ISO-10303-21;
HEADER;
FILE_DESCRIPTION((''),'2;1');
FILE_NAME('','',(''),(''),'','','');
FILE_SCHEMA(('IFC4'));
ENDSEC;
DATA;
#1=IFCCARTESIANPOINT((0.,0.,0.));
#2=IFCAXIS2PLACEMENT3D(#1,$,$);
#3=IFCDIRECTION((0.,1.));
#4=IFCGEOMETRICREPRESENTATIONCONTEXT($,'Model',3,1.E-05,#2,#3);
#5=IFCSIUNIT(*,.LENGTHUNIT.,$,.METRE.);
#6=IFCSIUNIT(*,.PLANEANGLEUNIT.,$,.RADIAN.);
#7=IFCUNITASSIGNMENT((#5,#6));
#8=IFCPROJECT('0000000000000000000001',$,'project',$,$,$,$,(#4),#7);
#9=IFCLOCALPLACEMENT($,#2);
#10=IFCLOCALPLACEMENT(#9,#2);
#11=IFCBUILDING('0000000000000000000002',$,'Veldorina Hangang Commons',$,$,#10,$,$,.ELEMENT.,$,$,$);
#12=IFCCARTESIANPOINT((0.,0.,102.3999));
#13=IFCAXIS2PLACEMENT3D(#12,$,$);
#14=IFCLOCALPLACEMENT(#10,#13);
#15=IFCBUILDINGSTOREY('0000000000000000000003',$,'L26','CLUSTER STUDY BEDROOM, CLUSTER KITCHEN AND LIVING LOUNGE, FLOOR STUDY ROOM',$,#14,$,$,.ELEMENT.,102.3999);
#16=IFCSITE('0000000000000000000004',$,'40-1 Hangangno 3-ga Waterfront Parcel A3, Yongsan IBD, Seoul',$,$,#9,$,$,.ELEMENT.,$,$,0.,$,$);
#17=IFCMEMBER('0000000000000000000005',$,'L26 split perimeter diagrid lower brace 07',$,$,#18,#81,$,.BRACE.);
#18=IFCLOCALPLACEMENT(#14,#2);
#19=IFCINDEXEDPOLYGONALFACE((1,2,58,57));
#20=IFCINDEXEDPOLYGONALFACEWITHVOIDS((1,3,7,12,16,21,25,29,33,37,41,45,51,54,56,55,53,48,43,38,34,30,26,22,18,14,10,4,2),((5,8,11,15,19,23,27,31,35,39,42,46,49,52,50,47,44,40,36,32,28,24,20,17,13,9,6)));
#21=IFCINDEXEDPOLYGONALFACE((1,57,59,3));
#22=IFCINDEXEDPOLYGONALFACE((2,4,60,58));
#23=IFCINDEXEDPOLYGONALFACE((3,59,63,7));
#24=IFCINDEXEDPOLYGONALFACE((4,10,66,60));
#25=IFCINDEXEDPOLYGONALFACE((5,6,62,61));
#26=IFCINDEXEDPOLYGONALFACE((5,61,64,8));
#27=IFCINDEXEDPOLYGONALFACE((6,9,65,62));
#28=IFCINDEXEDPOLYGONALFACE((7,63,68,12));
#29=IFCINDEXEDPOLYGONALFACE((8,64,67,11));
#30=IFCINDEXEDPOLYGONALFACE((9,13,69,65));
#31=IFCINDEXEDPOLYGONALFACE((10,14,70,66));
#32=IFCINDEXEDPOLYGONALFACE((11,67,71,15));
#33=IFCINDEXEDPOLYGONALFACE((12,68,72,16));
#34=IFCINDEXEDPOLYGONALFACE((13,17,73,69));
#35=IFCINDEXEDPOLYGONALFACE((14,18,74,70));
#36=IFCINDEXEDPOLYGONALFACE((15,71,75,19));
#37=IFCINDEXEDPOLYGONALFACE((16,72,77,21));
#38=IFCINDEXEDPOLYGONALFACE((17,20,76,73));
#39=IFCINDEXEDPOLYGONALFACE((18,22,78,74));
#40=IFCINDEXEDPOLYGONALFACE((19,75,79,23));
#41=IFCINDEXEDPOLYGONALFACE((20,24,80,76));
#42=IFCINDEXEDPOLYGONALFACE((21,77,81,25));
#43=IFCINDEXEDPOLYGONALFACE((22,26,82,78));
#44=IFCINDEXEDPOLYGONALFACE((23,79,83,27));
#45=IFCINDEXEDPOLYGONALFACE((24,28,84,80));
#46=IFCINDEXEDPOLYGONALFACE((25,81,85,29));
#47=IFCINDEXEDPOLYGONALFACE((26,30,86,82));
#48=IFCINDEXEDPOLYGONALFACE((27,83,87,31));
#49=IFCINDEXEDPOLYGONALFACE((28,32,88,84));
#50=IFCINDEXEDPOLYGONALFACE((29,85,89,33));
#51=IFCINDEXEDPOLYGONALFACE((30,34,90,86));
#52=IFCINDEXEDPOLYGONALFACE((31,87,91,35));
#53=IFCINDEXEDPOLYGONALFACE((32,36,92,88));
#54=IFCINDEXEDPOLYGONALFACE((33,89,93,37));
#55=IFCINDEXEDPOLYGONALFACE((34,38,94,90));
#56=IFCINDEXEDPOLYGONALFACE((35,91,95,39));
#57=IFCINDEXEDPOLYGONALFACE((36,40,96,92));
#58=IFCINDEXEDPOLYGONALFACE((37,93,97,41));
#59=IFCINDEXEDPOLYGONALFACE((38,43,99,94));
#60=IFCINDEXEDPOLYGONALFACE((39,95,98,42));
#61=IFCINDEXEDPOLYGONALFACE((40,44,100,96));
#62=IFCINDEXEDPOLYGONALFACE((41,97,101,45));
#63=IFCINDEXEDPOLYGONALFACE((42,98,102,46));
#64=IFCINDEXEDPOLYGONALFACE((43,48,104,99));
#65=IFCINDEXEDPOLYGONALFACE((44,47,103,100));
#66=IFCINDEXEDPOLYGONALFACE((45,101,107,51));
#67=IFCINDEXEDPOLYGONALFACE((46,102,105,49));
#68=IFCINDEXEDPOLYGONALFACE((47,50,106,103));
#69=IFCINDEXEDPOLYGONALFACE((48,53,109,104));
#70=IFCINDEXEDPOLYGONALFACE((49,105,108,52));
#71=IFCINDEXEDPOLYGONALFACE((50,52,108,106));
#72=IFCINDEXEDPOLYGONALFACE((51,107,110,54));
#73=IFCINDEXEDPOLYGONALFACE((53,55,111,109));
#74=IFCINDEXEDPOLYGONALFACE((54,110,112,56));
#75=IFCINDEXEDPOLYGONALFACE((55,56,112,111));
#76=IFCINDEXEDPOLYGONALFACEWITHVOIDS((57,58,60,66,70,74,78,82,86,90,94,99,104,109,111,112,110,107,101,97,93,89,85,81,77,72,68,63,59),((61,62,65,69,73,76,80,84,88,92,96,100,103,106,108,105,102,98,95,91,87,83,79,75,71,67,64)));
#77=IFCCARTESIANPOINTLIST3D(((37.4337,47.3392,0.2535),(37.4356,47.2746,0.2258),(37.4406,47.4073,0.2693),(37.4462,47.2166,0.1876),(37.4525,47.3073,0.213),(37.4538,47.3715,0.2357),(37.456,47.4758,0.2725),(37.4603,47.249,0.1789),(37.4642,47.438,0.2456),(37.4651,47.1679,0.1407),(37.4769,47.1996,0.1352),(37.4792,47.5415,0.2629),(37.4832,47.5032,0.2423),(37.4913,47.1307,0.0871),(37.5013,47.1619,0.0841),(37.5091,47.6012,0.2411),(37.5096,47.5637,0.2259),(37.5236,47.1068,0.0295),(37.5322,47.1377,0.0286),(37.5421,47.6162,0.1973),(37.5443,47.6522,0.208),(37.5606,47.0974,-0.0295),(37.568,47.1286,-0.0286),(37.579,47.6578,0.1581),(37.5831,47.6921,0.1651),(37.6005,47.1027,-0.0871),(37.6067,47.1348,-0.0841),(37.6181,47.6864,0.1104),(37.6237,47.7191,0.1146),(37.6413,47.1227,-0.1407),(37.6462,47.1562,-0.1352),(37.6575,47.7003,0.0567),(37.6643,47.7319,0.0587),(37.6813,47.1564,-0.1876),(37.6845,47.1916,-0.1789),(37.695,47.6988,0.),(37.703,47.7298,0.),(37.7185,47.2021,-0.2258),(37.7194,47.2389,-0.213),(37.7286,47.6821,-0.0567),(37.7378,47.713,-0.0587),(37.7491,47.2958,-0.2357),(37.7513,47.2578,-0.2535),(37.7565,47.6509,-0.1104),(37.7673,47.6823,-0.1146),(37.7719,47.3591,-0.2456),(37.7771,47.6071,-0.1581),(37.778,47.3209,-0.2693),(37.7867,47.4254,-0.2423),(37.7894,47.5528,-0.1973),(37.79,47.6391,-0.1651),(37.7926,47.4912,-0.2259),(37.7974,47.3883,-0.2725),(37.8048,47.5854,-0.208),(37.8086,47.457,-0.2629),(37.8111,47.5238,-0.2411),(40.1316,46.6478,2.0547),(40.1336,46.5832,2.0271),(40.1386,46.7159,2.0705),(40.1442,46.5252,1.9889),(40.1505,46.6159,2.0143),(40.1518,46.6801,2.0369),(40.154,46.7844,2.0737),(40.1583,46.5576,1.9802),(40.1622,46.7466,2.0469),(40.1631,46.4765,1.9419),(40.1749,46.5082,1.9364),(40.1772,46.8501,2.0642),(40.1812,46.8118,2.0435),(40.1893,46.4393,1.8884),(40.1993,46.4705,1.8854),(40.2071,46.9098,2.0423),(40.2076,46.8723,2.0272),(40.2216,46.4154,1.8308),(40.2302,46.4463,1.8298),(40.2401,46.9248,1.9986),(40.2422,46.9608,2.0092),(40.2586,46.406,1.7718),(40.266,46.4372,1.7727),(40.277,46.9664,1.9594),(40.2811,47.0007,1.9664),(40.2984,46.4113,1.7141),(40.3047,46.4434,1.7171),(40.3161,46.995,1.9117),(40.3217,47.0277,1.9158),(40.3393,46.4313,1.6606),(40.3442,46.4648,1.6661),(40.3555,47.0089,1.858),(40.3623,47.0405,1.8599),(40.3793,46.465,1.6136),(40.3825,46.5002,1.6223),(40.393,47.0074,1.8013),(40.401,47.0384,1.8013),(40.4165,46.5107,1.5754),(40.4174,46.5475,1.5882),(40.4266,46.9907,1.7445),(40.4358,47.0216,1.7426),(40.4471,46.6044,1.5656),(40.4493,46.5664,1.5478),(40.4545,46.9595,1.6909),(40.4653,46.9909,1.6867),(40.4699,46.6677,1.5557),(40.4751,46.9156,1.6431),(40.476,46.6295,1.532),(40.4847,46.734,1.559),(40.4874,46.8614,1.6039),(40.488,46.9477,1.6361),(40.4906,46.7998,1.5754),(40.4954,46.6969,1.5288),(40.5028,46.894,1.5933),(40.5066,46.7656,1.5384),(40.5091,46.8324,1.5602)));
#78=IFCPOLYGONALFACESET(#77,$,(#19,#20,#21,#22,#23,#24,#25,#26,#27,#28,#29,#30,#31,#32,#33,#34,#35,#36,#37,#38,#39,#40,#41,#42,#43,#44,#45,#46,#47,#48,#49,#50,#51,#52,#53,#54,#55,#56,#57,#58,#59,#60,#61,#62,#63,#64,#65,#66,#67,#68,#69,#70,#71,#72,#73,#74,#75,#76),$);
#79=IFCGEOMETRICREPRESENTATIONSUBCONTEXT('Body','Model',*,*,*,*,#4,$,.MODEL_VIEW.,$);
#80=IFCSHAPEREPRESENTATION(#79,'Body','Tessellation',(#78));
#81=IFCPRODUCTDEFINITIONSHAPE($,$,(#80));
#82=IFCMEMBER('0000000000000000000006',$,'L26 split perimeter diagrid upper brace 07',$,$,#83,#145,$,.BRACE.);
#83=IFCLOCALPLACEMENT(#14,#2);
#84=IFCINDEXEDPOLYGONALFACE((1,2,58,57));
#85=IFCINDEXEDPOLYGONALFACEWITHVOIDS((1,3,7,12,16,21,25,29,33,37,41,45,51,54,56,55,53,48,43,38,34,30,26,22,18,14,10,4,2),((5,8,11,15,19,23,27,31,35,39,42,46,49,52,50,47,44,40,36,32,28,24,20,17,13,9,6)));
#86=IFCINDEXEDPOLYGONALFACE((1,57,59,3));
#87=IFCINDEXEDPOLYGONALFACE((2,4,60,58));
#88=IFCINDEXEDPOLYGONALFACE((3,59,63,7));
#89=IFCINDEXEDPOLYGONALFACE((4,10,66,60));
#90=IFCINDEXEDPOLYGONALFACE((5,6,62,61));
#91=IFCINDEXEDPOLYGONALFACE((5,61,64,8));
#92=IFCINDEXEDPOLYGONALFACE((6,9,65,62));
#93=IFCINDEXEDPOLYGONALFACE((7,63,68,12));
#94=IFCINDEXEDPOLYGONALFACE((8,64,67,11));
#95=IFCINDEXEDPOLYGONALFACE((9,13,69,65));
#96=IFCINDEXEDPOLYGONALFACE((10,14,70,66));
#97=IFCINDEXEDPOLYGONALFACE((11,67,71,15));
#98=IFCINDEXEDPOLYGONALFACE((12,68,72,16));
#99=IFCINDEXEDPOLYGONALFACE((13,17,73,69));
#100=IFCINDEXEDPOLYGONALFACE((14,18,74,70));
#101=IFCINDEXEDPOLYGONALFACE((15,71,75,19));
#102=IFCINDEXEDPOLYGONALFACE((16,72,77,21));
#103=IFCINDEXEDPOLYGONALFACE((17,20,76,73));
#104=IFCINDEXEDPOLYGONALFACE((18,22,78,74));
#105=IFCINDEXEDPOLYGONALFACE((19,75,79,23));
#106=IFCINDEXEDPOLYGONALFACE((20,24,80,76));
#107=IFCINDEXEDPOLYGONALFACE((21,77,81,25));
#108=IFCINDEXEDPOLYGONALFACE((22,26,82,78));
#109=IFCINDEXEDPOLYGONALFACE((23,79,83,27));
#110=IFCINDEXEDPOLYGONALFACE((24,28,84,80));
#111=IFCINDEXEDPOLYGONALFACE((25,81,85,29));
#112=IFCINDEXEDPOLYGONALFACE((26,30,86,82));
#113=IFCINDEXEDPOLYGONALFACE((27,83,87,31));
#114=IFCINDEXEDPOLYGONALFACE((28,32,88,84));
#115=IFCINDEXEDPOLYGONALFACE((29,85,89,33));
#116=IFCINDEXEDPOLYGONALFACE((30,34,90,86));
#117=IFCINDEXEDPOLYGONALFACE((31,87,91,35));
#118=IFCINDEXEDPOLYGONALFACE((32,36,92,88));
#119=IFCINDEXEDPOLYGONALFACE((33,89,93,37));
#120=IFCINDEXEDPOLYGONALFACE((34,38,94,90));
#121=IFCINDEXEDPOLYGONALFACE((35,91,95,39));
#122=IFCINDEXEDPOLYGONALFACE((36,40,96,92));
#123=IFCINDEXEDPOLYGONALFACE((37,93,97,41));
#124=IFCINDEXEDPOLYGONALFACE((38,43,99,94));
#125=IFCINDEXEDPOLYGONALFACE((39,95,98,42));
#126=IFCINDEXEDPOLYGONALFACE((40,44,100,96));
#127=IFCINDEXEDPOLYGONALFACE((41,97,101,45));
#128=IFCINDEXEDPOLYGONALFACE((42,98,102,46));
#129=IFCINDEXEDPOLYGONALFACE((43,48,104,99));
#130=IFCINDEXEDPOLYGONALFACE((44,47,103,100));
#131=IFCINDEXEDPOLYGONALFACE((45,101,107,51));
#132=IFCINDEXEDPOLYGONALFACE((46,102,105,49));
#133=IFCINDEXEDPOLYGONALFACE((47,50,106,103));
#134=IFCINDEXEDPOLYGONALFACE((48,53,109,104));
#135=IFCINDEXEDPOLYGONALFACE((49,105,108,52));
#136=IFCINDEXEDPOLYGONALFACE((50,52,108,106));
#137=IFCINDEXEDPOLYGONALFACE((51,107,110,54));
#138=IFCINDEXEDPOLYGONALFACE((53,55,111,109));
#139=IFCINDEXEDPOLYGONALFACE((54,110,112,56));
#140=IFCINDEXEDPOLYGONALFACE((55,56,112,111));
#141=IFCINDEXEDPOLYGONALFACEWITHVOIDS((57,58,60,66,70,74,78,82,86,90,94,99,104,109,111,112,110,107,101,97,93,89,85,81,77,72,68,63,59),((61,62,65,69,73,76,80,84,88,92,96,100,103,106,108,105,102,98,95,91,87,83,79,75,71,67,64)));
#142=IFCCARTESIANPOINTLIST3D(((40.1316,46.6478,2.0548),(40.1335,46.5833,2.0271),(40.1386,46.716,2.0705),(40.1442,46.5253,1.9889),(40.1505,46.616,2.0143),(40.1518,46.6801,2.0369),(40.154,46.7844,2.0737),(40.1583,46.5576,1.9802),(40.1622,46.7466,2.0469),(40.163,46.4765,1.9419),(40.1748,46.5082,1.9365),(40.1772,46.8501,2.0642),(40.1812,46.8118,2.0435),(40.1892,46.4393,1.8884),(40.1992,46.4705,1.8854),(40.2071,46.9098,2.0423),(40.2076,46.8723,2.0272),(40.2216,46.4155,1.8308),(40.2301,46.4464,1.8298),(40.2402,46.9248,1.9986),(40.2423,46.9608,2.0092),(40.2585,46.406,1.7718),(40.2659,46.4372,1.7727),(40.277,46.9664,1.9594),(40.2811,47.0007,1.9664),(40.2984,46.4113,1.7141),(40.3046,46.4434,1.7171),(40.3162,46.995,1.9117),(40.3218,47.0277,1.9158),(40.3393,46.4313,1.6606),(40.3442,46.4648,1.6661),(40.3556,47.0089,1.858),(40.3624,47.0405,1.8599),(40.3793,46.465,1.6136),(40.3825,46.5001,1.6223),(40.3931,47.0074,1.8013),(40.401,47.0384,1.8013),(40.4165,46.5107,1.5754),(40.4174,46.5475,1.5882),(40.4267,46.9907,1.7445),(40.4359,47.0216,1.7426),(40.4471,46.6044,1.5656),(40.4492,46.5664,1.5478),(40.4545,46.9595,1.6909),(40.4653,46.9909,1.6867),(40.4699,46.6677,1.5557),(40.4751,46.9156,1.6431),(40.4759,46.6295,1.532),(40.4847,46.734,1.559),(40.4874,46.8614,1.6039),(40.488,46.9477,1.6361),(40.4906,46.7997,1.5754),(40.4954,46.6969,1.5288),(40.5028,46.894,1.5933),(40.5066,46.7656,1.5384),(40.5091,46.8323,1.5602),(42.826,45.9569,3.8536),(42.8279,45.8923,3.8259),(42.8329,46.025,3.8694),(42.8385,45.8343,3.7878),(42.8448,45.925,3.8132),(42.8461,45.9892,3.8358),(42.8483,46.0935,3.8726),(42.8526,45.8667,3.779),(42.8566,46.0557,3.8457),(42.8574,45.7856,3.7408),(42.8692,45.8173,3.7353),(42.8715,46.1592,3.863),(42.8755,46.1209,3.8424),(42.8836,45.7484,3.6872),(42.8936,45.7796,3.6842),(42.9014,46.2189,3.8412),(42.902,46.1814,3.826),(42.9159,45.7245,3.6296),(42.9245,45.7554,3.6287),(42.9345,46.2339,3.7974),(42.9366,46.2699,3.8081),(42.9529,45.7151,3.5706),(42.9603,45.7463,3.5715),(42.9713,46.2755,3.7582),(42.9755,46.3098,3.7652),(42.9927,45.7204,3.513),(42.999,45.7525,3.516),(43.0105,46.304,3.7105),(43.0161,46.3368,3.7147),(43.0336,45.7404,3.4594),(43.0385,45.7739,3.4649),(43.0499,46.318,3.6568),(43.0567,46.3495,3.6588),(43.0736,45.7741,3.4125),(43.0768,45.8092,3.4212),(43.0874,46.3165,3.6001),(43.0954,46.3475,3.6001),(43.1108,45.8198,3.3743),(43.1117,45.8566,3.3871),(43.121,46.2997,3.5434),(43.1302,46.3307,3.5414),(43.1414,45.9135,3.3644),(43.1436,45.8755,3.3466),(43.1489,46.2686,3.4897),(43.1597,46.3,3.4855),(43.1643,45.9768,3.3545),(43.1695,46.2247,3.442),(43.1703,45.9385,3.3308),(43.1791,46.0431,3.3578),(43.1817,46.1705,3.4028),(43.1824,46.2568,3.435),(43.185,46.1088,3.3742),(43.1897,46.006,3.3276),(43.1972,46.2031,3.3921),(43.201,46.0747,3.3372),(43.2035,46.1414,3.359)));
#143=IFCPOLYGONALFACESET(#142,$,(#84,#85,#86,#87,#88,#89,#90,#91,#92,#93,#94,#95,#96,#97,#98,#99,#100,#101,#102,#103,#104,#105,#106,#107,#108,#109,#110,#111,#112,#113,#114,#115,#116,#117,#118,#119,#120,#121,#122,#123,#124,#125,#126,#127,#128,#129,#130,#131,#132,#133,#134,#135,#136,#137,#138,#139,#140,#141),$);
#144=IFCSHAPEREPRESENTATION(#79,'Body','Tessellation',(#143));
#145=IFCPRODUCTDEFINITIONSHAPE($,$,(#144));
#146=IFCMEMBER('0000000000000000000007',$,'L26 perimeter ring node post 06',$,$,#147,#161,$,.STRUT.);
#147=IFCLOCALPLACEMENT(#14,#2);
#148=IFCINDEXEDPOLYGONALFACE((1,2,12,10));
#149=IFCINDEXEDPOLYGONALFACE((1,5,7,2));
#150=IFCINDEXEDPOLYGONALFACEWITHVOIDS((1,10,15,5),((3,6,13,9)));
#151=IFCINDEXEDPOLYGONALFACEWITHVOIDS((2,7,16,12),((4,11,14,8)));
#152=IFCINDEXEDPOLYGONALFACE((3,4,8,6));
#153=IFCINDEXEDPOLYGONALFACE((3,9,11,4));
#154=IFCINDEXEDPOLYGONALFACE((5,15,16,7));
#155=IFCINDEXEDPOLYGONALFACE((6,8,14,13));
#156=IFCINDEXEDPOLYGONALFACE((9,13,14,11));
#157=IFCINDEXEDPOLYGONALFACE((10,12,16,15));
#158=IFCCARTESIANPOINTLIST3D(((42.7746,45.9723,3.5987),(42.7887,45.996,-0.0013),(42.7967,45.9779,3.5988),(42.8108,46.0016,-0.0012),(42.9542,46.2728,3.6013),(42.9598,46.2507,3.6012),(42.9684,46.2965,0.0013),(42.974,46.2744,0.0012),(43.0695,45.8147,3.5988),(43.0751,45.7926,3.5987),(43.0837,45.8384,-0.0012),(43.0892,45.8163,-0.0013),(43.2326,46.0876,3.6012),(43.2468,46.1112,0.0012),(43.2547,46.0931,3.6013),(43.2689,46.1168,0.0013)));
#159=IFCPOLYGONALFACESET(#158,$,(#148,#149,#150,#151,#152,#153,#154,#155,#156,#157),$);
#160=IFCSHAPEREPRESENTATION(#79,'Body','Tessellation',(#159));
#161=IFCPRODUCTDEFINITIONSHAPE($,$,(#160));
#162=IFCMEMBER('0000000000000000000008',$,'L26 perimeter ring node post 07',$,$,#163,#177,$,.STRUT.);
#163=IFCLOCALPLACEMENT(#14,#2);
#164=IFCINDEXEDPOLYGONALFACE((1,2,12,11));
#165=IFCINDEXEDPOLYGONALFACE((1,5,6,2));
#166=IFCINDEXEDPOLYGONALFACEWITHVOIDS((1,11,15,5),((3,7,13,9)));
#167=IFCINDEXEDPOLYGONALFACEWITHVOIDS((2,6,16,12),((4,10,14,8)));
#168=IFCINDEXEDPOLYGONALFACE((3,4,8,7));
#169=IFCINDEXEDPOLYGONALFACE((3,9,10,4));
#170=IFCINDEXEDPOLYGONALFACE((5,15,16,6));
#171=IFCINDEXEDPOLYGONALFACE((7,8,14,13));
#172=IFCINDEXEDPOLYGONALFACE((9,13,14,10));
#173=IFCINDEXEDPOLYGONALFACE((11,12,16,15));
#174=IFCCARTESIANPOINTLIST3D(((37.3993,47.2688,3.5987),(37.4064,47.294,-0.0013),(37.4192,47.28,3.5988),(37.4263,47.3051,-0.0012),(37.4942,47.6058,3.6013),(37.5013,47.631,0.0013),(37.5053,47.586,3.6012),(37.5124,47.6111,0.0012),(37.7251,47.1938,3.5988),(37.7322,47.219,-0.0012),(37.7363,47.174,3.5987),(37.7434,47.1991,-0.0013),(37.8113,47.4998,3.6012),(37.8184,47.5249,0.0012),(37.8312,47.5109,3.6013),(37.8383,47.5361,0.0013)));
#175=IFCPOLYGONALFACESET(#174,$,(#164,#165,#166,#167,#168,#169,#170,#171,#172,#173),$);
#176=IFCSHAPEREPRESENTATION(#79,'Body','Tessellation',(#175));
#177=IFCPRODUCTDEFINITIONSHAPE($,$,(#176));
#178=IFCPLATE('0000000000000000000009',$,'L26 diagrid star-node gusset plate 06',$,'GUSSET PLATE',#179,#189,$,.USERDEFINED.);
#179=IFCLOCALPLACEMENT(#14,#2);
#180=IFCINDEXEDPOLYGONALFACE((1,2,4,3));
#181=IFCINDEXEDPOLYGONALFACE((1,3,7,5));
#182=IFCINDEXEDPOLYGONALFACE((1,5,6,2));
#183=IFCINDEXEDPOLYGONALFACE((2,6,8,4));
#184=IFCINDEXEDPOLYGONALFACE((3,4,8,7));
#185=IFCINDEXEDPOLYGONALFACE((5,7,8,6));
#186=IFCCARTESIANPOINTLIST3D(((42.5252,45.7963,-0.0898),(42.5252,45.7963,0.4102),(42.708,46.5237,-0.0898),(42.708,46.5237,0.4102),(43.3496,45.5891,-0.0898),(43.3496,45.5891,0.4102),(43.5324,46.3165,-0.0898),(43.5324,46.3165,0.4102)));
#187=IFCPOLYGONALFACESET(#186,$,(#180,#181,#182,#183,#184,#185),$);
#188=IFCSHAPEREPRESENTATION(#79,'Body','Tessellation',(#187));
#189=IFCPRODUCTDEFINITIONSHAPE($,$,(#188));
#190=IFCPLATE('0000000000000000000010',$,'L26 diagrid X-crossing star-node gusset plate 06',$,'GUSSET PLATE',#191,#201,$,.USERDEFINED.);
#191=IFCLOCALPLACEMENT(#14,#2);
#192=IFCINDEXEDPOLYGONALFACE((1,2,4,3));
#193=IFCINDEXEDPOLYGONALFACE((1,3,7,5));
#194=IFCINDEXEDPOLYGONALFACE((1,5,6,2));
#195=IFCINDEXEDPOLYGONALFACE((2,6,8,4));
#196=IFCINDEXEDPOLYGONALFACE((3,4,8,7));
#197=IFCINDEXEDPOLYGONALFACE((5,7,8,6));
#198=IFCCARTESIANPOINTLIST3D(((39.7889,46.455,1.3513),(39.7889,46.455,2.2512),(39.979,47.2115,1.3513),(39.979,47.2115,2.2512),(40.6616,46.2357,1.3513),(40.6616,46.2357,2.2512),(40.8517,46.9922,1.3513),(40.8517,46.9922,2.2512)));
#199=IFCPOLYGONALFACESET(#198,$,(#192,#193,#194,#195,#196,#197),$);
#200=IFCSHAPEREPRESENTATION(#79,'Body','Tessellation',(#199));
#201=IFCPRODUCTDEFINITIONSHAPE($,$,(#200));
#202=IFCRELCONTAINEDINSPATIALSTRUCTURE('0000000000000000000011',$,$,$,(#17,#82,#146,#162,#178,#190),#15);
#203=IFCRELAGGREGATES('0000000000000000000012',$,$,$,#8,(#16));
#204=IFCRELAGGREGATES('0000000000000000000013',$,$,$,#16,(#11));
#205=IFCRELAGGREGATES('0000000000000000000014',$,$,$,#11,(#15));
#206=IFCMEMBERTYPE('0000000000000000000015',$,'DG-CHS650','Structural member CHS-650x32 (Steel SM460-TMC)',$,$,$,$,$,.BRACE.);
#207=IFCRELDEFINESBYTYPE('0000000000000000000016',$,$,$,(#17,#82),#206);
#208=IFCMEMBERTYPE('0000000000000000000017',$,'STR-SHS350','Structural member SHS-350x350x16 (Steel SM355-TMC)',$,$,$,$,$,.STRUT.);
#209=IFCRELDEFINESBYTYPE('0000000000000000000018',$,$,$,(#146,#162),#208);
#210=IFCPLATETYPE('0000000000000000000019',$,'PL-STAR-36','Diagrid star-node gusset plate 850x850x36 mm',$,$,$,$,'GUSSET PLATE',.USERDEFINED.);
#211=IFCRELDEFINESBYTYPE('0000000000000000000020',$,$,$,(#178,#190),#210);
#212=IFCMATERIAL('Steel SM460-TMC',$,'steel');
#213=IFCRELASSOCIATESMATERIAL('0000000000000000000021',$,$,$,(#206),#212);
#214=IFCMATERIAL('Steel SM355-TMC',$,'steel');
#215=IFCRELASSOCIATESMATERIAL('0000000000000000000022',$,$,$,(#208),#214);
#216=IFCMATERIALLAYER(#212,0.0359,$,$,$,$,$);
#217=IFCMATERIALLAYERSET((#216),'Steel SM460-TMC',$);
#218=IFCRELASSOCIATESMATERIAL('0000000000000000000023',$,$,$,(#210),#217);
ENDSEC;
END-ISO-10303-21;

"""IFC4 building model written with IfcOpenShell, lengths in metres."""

from ifc_helpers import new_model, si_unit, direction, frame, origin, origin_2d, place, context, subcontext, project, spatial, rectangle, hollow_rectangle, hollow_circle, extrude, material, layer, layer_set, material_profile, profile_set, type_object, element, save


model = new_model("IFC4")

# Units and contexts
model_context = context("Model", 3, precision=1e-05, world=origin(), true_north=direction((0.0, 1.0)))
body_context = subcontext(model_context, "Body", "Model", "MODEL_VIEW")
ifc_project = project(units=[si_unit("LENGTHUNIT", "METRE"), si_unit("PLANEANGLEUNIT", "RADIAN")], contexts=[model_context])

# Site, building, storey
site_placement = place(None, origin())
site = spatial("IfcSite", under=ifc_project, at=site_placement, Name="40-1 Hangangno 3-ga Waterfront Parcel A3, Yongsan IBD, Seoul", CompositionType="ELEMENT", RefElevation=0.0)
building_placement = place(site_placement, origin())
building = spatial("IfcBuilding", under=site, at=building_placement, Name="Veldorina Hangang Commons", CompositionType="ELEMENT")
storey_placement = place(building_placement, frame((0.0, 0.0, 102.3999)))
storey = spatial("IfcBuildingStorey", under=building, at=storey_placement, Name="L26", Description="CLUSTER STUDY BEDROOM, CLUSTER KITCHEN AND LIVING LOUNGE, FLOOR STUDY ROOM", CompositionType="ELEMENT", Elevation=102.3999)

# Members
ifc_material_1 = material(Name="Steel SM460-TMC", Category="steel")
ifc_material_profile_1 = material_profile(ifc_material_1, hollow_circle(Radius=0.325, WallThickness=0.032, at=origin_2d()), Name="CHS-650x32")
ifc_profile_set_1 = profile_set([ifc_material_profile_1], Name="Steel SM460-TMC")
member_type_1 = type_object("IfcMemberType", Name="DG-CHS650", Description="Structural member CHS-650x32 (Steel SM460-TMC)", PredefinedType="BRACE", material=ifc_profile_set_1)
member_1_placement = place(storey_placement, frame((37.6223, 47.415, 0.0), z_axis=(0.81341, -0.20845, 0.543059), x_axis=(0.248245, 0.968697, 0.0)))
element("IfcMember", 1, at=member_1_placement, inside=storey, type_object=member_type_1, Name="L26 split perimeter diagrid lower brace 07", PredefinedType="BRACE", context=body_context, shape_type="SweptSolid", body=[
    extrude(hollow_circle(Radius=0.325, WallThickness=0.032, at=origin_2d()), origin(), (0.0, 0.0, 1.0), 3.3169),
])
member_2_placement = place(storey_placement, frame((40.3203, 46.7236, 1.8013), z_axis=(0.813387, -0.20858, 0.543044), x_axis=(0.248396, 0.968658, 0.0)))
element("IfcMember", 2, at=member_2_placement, inside=storey, type_object=member_type_1, Name="L26 split perimeter diagrid upper brace 07", PredefinedType="BRACE", context=body_context, shape_type="SweptSolid", body=[
    extrude(hollow_circle(Radius=0.325, WallThickness=0.032, at=origin_2d()), origin(), (0.0, 0.0, 1.0), 3.3125),
])
ifc_material_2 = material(Name="Steel SM355-TMC", Category="steel")
ifc_material_profile_2 = material_profile(ifc_material_2, hollow_rectangle(XDim=0.3501, YDim=0.3501, WallThickness=0.0161, at=origin_2d()), Name="SHS-350x350x16")
ifc_profile_set_2 = profile_set([ifc_material_profile_2], Name="Steel SM355-TMC")
member_type_2 = type_object("IfcMemberType", Name="STR-SHS350", Description="Structural member SHS-350x350x16 (Steel SM355-TMC)", PredefinedType="STRUT", material=ifc_profile_set_2)
for number, where, z_axis, x_axis, name in (
    (3, (43.0288, 46.0564, 0.0), (-0.003933, -0.006578, 0.999971), (0.858273, -0.513194, 0.0), "L26 perimeter ring node post 06"),
    (4, (37.6223, 47.415, 0.0), (-0.001967, -0.006985, 0.999974), (0.962575, -0.271016, 0.0), "L26 perimeter ring node post 07"),
):
    element("IfcMember", number, at=place(storey_placement, frame(where, z_axis=z_axis, x_axis=x_axis)), inside=storey, type_object=member_type_2, Name=name, PredefinedType="STRUT", context=body_context, shape_type="SweptSolid", body=[
        extrude(hollow_rectangle(XDim=0.3501, YDim=0.3501, WallThickness=0.0161, at=origin_2d()), origin(), (0.0, 0.0, 1.0), 3.6001),
    ])

# Plates
ifc_layer_1 = layer(ifc_material_1, 0.0359)
ifc_layer_set_1 = layer_set([ifc_layer_1], Name="Steel SM460-TMC")
plate_type = type_object("IfcPlateType", Name="PL-STAR-36", Description="Diagrid star-node gusset plate 850x850x36 mm", ElementType="GUSSET PLATE", PredefinedType="USERDEFINED", material=ifc_layer_set_1)
plate_1_placement = place(storey_placement, frame((43.0288, 46.0564, -0.0898), z_axis=(0.0, 0.0, 1.0), x_axis=(-0.969846, 0.243717, 0.0)))
element("IfcPlate", 5, at=plate_1_placement, inside=storey, type_object=plate_type, Name="L26 diagrid star-node gusset plate 06", ObjectType="GUSSET PLATE", PredefinedType="USERDEFINED", context=body_context, shape_type="SweptSolid", body=[
    extrude(rectangle(XDim=0.8501, YDim=0.75, at=origin_2d()), origin(), (0.0, 0.0, 1.0), 0.5),
])
plate_2_placement = place(storey_placement, frame((40.3203, 46.7236, 1.3513), z_axis=(0.0, 0.0, 1.0), x_axis=(-0.969846, 0.243717, 0.0)))
element("IfcPlate", 6, at=plate_2_placement, inside=storey, type_object=plate_type, Name="L26 diagrid X-crossing star-node gusset plate 06", ObjectType="GUSSET PLATE", PredefinedType="USERDEFINED", context=body_context, shape_type="SweptSolid", body=[
    extrude(rectangle(XDim=0.8999, YDim=0.78, at=origin_2d()), origin(), (0.0, 0.0, 1.0), 0.8999),
])

save(model, "model.ifc")
